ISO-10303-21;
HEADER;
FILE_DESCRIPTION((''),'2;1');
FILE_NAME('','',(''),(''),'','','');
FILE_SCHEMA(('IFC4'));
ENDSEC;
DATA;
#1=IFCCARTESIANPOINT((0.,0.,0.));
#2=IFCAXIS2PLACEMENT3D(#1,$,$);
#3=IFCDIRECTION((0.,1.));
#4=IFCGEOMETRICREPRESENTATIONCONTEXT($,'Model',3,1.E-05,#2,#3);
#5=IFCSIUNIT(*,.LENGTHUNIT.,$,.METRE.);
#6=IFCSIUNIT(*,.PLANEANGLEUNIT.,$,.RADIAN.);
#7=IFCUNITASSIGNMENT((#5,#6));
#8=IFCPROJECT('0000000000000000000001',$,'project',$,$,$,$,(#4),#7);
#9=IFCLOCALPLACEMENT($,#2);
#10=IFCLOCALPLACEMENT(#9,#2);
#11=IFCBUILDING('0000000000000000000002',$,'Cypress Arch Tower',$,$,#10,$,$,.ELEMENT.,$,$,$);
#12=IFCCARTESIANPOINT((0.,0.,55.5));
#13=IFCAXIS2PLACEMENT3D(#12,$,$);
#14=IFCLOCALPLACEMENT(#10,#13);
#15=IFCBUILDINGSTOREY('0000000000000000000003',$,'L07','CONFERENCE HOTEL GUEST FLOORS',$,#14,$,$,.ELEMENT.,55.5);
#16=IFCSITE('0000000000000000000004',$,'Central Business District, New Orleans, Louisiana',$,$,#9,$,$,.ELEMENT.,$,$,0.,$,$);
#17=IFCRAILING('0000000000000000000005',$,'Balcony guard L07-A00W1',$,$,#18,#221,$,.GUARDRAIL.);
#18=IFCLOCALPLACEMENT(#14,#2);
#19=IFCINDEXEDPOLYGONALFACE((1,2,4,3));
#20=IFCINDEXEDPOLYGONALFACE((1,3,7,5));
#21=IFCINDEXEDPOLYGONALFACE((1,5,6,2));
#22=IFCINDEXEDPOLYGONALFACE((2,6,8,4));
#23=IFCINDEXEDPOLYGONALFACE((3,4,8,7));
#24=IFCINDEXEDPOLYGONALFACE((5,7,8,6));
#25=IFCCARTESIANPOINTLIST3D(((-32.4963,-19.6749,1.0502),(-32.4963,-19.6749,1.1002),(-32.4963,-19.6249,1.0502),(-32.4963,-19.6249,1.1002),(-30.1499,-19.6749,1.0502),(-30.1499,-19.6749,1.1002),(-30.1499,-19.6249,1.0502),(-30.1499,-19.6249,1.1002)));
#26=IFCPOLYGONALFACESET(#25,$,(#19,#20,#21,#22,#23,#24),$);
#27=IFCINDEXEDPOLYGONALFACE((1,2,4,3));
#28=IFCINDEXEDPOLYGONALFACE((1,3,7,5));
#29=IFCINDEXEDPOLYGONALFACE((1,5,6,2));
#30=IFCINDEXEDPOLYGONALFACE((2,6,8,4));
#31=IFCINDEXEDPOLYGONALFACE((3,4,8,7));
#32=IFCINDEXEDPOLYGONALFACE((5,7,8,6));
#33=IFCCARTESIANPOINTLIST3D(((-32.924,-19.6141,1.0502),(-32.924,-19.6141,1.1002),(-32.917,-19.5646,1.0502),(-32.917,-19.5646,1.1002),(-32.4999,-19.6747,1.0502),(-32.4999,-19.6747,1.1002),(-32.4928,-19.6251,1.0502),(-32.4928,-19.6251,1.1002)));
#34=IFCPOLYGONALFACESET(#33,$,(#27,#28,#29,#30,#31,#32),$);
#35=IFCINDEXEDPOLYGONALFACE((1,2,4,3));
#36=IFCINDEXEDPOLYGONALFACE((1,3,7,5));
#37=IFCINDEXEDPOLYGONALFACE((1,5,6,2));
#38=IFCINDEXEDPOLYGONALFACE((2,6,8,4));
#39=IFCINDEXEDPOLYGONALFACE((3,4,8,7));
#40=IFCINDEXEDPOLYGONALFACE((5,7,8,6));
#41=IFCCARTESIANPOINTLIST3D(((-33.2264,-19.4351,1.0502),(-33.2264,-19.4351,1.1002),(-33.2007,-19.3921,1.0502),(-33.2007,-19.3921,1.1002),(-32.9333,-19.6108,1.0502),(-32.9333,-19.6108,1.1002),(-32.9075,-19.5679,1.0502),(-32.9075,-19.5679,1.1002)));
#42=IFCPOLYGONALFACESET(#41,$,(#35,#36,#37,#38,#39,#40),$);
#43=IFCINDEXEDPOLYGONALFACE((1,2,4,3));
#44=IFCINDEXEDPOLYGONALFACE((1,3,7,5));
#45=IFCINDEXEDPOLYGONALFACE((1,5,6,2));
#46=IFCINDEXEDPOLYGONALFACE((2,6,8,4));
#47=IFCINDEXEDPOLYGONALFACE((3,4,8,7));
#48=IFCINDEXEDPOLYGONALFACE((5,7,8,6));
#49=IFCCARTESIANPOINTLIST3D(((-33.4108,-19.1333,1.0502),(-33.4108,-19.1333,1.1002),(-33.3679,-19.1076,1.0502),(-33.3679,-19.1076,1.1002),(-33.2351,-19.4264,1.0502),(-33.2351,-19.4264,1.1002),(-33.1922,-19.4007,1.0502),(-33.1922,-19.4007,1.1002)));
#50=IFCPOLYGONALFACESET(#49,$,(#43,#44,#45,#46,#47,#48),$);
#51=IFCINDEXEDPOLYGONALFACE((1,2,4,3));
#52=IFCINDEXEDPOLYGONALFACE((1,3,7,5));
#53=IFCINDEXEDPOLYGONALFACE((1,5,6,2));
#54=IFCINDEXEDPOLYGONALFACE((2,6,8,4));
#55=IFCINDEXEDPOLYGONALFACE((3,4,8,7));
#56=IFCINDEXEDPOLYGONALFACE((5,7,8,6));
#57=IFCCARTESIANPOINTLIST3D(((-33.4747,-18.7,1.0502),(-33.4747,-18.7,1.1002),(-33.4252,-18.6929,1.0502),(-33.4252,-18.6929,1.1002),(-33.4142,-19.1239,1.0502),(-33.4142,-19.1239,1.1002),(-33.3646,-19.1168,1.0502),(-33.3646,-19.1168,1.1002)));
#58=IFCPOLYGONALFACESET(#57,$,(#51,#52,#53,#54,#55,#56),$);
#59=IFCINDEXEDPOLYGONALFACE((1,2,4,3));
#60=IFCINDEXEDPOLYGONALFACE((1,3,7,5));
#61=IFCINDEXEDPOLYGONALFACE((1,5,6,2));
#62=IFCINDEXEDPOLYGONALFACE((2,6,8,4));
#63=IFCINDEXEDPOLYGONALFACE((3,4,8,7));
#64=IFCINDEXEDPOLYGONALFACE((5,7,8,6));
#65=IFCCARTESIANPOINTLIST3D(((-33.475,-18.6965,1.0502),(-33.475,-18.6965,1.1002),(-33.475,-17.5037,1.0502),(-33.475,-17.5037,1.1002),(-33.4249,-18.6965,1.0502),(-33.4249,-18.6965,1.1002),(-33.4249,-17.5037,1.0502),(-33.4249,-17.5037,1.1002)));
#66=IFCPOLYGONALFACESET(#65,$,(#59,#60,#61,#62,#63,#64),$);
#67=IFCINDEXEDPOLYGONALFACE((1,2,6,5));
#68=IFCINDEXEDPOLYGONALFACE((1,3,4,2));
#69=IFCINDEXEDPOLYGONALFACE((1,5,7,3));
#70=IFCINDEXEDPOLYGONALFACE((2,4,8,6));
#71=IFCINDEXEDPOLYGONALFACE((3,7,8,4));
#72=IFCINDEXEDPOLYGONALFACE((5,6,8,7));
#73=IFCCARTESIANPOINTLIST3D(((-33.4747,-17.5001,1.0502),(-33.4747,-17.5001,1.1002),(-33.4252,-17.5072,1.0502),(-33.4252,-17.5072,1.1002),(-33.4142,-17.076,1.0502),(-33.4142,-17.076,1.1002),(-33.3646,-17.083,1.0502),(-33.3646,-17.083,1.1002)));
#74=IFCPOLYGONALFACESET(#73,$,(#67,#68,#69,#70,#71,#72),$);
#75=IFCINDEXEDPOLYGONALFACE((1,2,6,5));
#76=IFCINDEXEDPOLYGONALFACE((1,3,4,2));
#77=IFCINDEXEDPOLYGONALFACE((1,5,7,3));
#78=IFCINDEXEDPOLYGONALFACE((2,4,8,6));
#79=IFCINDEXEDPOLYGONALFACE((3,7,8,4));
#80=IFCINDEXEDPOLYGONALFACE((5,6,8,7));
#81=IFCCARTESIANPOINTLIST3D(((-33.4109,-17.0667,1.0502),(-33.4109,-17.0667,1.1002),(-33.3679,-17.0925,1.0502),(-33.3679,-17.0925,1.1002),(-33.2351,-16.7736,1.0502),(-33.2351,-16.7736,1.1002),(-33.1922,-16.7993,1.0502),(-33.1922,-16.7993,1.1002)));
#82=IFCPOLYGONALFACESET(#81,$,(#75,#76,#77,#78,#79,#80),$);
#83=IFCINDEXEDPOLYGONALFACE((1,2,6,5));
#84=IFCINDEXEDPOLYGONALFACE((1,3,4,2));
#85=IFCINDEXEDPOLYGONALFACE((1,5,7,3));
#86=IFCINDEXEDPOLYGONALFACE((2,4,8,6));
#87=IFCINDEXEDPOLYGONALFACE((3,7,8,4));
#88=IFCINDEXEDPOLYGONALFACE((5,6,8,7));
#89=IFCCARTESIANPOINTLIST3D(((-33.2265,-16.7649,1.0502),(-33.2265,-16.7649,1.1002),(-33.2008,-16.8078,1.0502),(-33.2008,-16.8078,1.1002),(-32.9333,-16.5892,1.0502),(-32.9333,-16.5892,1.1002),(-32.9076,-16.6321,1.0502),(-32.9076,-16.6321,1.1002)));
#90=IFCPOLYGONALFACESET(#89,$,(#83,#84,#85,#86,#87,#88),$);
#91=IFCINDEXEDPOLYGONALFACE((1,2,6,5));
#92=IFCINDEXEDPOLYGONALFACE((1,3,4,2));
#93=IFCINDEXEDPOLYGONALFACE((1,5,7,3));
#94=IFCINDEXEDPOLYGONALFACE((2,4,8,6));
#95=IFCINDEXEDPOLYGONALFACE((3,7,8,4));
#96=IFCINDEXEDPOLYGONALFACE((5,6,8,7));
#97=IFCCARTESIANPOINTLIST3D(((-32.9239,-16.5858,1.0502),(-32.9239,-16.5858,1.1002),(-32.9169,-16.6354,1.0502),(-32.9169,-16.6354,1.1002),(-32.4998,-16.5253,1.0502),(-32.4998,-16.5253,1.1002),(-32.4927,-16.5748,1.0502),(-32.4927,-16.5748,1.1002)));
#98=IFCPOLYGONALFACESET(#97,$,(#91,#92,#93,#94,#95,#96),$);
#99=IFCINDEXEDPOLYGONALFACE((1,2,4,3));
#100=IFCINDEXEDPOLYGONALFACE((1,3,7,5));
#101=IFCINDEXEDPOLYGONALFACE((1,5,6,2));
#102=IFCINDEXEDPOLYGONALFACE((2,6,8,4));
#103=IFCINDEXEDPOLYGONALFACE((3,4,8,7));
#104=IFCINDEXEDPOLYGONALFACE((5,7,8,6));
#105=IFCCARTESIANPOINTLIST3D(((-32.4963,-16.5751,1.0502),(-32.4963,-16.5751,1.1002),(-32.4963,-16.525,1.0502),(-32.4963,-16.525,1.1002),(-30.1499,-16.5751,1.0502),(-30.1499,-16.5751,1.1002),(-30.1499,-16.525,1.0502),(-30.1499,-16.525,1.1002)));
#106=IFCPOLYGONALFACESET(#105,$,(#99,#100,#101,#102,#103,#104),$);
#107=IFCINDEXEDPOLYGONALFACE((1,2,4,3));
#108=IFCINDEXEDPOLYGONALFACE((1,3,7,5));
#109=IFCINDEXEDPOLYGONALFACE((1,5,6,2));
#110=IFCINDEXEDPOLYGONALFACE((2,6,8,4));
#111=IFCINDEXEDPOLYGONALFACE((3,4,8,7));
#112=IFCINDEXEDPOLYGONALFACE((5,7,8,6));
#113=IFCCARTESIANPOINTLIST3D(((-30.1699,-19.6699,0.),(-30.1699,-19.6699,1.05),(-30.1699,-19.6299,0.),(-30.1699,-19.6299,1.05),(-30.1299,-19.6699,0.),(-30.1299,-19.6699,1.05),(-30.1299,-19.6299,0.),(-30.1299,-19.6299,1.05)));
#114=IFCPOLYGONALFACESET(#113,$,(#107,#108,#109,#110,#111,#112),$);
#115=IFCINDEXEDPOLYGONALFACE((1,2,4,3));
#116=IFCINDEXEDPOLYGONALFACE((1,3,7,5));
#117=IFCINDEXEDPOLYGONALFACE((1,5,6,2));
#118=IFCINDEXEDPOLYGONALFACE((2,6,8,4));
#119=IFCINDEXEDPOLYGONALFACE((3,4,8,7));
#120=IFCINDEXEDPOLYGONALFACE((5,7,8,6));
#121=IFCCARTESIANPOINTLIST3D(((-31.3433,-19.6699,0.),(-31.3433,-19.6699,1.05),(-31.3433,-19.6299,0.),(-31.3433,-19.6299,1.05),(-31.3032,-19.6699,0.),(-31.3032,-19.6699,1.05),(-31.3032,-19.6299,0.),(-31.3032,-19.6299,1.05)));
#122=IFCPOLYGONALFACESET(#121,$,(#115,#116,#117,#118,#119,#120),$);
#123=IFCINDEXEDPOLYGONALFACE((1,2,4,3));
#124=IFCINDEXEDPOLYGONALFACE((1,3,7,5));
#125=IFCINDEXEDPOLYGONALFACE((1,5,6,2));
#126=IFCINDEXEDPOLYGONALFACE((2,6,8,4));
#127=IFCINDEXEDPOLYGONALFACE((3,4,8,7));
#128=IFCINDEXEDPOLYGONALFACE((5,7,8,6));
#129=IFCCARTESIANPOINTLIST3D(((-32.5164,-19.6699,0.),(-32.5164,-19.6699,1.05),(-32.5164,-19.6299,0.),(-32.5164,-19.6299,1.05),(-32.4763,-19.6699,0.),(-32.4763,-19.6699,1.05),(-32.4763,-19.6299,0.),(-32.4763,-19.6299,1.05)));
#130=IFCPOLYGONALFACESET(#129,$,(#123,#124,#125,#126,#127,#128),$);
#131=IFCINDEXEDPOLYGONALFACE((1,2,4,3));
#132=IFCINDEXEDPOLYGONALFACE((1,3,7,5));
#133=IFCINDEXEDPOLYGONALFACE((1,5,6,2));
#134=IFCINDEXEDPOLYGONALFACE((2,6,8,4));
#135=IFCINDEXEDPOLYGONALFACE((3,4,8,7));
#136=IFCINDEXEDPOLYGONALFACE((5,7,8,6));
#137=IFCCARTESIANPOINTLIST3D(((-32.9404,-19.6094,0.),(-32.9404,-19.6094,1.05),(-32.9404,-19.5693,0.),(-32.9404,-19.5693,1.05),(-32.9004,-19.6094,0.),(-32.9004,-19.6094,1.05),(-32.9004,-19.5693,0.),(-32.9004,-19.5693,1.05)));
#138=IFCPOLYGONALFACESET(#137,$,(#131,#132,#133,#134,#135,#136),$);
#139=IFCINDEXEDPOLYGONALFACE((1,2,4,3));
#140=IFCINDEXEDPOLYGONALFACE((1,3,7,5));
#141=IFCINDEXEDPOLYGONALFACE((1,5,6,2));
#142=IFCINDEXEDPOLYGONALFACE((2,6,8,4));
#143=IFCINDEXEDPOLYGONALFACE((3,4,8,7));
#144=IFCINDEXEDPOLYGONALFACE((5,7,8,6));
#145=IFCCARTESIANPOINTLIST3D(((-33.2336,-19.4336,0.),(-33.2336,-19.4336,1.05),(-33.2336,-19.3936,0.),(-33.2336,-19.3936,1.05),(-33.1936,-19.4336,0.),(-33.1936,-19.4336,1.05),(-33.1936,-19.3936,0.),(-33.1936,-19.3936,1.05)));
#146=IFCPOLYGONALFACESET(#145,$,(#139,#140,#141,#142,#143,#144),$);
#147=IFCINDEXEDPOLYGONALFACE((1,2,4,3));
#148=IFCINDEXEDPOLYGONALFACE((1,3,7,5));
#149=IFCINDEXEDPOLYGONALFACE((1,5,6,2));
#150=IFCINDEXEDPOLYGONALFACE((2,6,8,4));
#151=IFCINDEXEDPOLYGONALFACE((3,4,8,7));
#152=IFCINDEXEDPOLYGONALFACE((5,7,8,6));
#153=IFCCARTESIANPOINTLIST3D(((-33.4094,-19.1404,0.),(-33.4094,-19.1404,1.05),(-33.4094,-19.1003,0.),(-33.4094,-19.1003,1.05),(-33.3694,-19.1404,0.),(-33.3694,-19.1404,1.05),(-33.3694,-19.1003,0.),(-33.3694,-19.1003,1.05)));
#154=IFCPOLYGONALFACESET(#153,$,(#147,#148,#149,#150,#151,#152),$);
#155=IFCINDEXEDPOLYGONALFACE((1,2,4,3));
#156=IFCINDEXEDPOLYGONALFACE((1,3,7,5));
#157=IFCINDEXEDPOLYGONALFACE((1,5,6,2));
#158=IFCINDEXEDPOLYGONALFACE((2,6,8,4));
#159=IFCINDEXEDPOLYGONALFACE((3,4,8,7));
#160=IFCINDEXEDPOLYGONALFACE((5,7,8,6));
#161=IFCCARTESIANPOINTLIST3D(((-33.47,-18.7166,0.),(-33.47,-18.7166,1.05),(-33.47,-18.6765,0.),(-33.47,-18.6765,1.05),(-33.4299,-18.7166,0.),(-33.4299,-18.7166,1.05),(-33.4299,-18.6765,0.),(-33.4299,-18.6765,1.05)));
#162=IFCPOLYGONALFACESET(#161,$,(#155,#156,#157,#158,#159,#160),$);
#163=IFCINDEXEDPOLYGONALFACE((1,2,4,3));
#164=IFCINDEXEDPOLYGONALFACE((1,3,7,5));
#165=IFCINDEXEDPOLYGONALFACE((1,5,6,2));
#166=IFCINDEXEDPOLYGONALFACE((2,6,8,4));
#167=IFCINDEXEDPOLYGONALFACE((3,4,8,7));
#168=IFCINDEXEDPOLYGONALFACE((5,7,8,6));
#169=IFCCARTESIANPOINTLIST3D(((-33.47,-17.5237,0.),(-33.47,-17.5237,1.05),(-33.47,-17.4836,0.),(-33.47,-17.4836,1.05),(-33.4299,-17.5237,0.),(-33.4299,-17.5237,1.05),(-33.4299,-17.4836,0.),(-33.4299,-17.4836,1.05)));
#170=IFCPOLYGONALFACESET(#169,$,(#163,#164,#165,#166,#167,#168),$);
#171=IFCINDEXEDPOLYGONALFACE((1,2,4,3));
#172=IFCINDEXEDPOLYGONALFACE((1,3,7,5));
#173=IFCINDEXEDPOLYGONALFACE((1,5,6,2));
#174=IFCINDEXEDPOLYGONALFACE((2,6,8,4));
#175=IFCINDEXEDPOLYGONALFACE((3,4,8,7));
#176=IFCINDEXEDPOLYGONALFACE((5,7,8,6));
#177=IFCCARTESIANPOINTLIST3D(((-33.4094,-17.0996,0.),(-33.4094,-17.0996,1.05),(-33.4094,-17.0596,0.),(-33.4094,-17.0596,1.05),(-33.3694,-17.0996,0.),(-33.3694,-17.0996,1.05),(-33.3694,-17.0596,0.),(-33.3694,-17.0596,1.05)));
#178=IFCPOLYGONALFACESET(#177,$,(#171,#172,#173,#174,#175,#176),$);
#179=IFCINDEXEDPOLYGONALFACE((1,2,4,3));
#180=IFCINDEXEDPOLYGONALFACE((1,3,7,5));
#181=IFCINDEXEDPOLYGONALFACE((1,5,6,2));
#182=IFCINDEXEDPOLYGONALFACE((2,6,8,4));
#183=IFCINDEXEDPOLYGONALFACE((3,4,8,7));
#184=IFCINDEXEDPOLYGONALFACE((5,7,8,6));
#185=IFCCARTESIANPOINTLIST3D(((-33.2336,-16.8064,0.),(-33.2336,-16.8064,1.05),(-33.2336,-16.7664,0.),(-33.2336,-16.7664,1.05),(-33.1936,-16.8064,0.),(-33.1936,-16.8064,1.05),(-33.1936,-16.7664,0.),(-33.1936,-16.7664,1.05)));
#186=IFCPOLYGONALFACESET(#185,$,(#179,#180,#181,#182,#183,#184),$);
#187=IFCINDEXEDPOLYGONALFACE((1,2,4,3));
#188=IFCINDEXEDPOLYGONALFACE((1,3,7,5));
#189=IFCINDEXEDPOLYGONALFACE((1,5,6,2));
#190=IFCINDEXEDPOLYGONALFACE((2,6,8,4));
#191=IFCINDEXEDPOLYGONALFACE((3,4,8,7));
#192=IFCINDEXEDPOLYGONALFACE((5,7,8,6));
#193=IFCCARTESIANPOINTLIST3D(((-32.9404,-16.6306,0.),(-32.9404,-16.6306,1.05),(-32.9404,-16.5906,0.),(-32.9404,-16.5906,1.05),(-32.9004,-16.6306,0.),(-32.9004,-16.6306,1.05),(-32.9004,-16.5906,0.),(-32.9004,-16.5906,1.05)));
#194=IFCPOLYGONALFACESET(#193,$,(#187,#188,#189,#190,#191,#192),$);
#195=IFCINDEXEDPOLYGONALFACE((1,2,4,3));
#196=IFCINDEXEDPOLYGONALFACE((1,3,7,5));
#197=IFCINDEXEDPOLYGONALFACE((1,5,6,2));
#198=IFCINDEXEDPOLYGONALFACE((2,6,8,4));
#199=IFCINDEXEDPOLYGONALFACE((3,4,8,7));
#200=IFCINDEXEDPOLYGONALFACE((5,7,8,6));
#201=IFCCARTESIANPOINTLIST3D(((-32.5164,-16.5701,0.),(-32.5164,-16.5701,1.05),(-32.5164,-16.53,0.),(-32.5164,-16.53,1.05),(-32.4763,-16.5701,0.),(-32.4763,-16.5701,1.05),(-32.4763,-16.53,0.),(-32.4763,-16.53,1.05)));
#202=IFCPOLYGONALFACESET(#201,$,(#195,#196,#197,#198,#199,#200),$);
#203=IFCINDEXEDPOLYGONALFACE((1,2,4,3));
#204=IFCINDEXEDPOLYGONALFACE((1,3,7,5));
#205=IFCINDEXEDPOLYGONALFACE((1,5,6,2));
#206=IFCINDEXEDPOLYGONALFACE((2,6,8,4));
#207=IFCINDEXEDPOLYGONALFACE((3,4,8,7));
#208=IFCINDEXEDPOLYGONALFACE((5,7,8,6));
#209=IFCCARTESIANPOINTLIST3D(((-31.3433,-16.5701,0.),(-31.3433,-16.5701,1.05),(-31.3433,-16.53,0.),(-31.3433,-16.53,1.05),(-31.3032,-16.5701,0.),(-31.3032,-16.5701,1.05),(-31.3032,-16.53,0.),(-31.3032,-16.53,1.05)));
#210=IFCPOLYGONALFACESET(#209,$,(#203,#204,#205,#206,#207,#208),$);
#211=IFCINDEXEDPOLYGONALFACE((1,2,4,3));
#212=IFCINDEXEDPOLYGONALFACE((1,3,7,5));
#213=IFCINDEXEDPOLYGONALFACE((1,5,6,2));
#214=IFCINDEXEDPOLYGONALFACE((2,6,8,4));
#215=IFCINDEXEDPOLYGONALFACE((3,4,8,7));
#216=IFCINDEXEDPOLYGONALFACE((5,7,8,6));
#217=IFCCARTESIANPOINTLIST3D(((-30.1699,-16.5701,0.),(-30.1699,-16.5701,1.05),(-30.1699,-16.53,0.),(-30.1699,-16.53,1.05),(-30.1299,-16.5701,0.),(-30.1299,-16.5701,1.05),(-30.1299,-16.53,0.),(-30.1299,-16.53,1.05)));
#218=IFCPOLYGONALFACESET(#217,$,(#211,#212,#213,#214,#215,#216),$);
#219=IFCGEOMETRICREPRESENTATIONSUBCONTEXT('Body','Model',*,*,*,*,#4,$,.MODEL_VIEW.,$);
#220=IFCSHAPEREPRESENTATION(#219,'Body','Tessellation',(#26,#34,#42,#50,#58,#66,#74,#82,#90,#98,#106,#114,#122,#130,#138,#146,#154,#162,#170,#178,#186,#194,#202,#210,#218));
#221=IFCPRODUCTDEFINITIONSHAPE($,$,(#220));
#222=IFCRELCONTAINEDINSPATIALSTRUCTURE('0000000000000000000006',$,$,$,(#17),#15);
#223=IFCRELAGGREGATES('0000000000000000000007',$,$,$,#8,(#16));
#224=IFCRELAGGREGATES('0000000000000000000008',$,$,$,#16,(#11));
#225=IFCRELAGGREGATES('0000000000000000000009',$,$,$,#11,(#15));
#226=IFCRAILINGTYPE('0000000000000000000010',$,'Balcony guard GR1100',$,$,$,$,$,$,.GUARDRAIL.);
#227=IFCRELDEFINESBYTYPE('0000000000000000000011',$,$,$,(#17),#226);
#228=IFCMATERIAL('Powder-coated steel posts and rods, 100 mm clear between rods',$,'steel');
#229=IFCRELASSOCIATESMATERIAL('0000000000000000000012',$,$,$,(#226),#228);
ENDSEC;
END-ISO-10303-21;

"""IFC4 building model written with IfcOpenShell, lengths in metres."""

from ifc_helpers import new_model, si_unit, direction, frame, origin, origin_2d, place, context, subcontext, project, spatial, rectangle, extrude, material, type_object, element, save


model = new_model("IFC4")

# Units and contexts
model_context = context("Model", 3, precision=1e-05, world=origin(), true_north=direction((0.0, 1.0)))
body_context = subcontext(model_context, "Body", "Model", "MODEL_VIEW")
ifc_project = project(units=[si_unit("LENGTHUNIT", "METRE"), si_unit("PLANEANGLEUNIT", "RADIAN")], contexts=[model_context])

# Site, building, storey
site_placement = place(None, origin())
site = spatial("IfcSite", under=ifc_project, at=site_placement, Name="Central Business District, New Orleans, Louisiana", CompositionType="ELEMENT", RefElevation=0.0)
building_placement = place(site_placement, origin())
building = spatial("IfcBuilding", under=site, at=building_placement, Name="Cypress Arch Tower", CompositionType="ELEMENT")
storey_placement = place(building_placement, frame((0.0, 0.0, 55.5)))
storey = spatial("IfcBuildingStorey", under=building, at=storey_placement, Name="L07", Description="CONFERENCE HOTEL GUEST FLOORS", CompositionType="ELEMENT", Elevation=55.5)

# Railing
ifc_material_1 = material(Name="Powder-coated steel posts and rods, 100 mm clear between rods", Category="steel")
railing_type = type_object("IfcRailingType", Name="Balcony guard GR1100", PredefinedType="GUARDRAIL", material=ifc_material_1)
railing_placement = place(storey_placement, frame((-30.1499, -19.6499, 0.0)))
element("IfcRailing", 1, at=railing_placement, inside=storey, type_object=railing_type, Name="Balcony guard L07-A00W1", PredefinedType="GUARDRAIL", context=body_context, shape_type="SweptSolid", body=[
    extrude(rectangle(XDim=0.05, YDim=0.05, at=origin_2d()), frame((0.0, 0.0, 1.0752), z_axis=(-1.0, 0.0, 0.0), x_axis=(0.0, -1.0, 0.0)), (0.0, 0.0, 1.0), 2.3464),
    extrude(rectangle(XDim=0.05, YDim=0.05, at=origin_2d()), frame((-2.3464, 0.0, 1.0752), z_axis=(-0.989961, 0.141342, 0.0), x_axis=(-0.141342, -0.989961, 0.0)), (0.0, 0.0, 1.0), 0.4285),
    extrude(rectangle(XDim=0.05, YDim=0.05, at=origin_2d()), frame((-2.7705, 0.0605, 1.0752), z_axis=(-0.857682, 0.514181, 0.0), x_axis=(-0.514181, -0.857682, 0.0)), (0.0, 0.0, 1.0), 0.3418),
    extrude(rectangle(XDim=0.05, YDim=0.05, at=origin_2d()), frame((-3.0637, 0.2363, 1.0752), z_axis=(-0.514181, 0.857682, 0.0), x_axis=(-0.857682, -0.514181, 0.0)), (0.0, 0.0, 1.0), 0.3418),
    extrude(rectangle(XDim=0.05, YDim=0.05, at=origin_2d()), frame((-3.2395, 0.5295, 1.0752), z_axis=(-0.141421, 0.989949, 0.0), x_axis=(-0.989949, -0.141421, 0.0)), (0.0, 0.0, 1.0), 0.4282),
    extrude(rectangle(XDim=0.05, YDim=0.05, at=origin_2d()), frame((-3.3, 0.9534, 1.0752), z_axis=(0.0, 1.0, 0.0), x_axis=(-1.0, 0.0, 0.0)), (0.0, 0.0, 1.0), 1.1929),
    extrude(rectangle(XDim=0.05, YDim=0.05, at=origin_2d()), frame((-3.3, 2.1462, 1.0752), z_axis=(0.141342, 0.989961, 0.0), x_axis=(-0.989961, 0.141342, 0.0)), (0.0, 0.0, 1.0), 0.4285),
    extrude(rectangle(XDim=0.05, YDim=0.05, at=origin_2d()), frame((-3.2395, 2.5703, 1.0752), z_axis=(0.514181, 0.857682, 0.0), x_axis=(-0.857682, 0.514181, 0.0)), (0.0, 0.0, 1.0), 0.3418),
    extrude(rectangle(XDim=0.05, YDim=0.05, at=origin_2d()), frame((-3.0637, 2.8635, 1.0752), z_axis=(0.857682, 0.514181, 0.0), x_axis=(-0.514181, 0.857682, 0.0)), (0.0, 0.0, 1.0), 0.3418),
    extrude(rectangle(XDim=0.05, YDim=0.05, at=origin_2d()), frame((-2.7705, 3.0393, 1.0752), z_axis=(0.989961, 0.141342, 0.0), x_axis=(-0.141342, 0.989961, 0.0)), (0.0, 0.0, 1.0), 0.4285),
    extrude(rectangle(XDim=0.05, YDim=0.05, at=origin_2d()), frame((-2.3464, 3.0999, 1.0752), z_axis=(1.0, 0.0, 0.0), x_axis=(0.0, 1.0, 0.0)), (0.0, 0.0, 1.0), 2.3464),
    extrude(rectangle(XDim=0.04, YDim=0.04, at=origin_2d()), origin(), (0.0, 0.0, 1.0), 1.05),
    extrude(rectangle(XDim=0.04, YDim=0.04, at=origin_2d()), frame((-1.1733, 0.0, 0.0)), (0.0, 0.0, 1.0), 1.05),
    extrude(rectangle(XDim=0.04, YDim=0.04, at=origin_2d()), frame((-2.3464, 0.0, 0.0)), (0.0, 0.0, 1.0), 1.05),
    extrude(rectangle(XDim=0.04, YDim=0.04, at=origin_2d()), frame((-2.7705, 0.0605, 0.0)), (0.0, 0.0, 1.0), 1.05),
    extrude(rectangle(XDim=0.04, YDim=0.04, at=origin_2d()), frame((-3.0637, 0.2363, 0.0)), (0.0, 0.0, 1.0), 1.05),
    extrude(rectangle(XDim=0.04, YDim=0.04, at=origin_2d()), frame((-3.2395, 0.5295, 0.0)), (0.0, 0.0, 1.0), 1.05),
    extrude(rectangle(XDim=0.04, YDim=0.04, at=origin_2d()), frame((-3.3, 0.9534, 0.0)), (0.0, 0.0, 1.0), 1.05),
    extrude(rectangle(XDim=0.04, YDim=0.04, at=origin_2d()), frame((-3.3, 2.1462, 0.0)), (0.0, 0.0, 1.0), 1.05),
    extrude(rectangle(XDim=0.04, YDim=0.04, at=origin_2d()), frame((-3.2395, 2.5703, 0.0)), (0.0, 0.0, 1.0), 1.05),
    extrude(rectangle(XDim=0.04, YDim=0.04, at=origin_2d()), frame((-3.0637, 2.8635, 0.0)), (0.0, 0.0, 1.0), 1.05),
    extrude(rectangle(XDim=0.04, YDim=0.04, at=origin_2d()), frame((-2.7705, 3.0393, 0.0)), (0.0, 0.0, 1.0), 1.05),
    extrude(rectangle(XDim=0.04, YDim=0.04, at=origin_2d()), frame((-2.3464, 3.0999, 0.0)), (0.0, 0.0, 1.0), 1.05),
    extrude(rectangle(XDim=0.04, YDim=0.04, at=origin_2d()), frame((-1.1733, 3.0999, 0.0)), (0.0, 0.0, 1.0), 1.05),
    extrude(rectangle(XDim=0.04, YDim=0.04, at=origin_2d()), frame((0.0, 3.0999, 0.0)), (0.0, 0.0, 1.0), 1.05),
])

save(model, "model.ifc")
